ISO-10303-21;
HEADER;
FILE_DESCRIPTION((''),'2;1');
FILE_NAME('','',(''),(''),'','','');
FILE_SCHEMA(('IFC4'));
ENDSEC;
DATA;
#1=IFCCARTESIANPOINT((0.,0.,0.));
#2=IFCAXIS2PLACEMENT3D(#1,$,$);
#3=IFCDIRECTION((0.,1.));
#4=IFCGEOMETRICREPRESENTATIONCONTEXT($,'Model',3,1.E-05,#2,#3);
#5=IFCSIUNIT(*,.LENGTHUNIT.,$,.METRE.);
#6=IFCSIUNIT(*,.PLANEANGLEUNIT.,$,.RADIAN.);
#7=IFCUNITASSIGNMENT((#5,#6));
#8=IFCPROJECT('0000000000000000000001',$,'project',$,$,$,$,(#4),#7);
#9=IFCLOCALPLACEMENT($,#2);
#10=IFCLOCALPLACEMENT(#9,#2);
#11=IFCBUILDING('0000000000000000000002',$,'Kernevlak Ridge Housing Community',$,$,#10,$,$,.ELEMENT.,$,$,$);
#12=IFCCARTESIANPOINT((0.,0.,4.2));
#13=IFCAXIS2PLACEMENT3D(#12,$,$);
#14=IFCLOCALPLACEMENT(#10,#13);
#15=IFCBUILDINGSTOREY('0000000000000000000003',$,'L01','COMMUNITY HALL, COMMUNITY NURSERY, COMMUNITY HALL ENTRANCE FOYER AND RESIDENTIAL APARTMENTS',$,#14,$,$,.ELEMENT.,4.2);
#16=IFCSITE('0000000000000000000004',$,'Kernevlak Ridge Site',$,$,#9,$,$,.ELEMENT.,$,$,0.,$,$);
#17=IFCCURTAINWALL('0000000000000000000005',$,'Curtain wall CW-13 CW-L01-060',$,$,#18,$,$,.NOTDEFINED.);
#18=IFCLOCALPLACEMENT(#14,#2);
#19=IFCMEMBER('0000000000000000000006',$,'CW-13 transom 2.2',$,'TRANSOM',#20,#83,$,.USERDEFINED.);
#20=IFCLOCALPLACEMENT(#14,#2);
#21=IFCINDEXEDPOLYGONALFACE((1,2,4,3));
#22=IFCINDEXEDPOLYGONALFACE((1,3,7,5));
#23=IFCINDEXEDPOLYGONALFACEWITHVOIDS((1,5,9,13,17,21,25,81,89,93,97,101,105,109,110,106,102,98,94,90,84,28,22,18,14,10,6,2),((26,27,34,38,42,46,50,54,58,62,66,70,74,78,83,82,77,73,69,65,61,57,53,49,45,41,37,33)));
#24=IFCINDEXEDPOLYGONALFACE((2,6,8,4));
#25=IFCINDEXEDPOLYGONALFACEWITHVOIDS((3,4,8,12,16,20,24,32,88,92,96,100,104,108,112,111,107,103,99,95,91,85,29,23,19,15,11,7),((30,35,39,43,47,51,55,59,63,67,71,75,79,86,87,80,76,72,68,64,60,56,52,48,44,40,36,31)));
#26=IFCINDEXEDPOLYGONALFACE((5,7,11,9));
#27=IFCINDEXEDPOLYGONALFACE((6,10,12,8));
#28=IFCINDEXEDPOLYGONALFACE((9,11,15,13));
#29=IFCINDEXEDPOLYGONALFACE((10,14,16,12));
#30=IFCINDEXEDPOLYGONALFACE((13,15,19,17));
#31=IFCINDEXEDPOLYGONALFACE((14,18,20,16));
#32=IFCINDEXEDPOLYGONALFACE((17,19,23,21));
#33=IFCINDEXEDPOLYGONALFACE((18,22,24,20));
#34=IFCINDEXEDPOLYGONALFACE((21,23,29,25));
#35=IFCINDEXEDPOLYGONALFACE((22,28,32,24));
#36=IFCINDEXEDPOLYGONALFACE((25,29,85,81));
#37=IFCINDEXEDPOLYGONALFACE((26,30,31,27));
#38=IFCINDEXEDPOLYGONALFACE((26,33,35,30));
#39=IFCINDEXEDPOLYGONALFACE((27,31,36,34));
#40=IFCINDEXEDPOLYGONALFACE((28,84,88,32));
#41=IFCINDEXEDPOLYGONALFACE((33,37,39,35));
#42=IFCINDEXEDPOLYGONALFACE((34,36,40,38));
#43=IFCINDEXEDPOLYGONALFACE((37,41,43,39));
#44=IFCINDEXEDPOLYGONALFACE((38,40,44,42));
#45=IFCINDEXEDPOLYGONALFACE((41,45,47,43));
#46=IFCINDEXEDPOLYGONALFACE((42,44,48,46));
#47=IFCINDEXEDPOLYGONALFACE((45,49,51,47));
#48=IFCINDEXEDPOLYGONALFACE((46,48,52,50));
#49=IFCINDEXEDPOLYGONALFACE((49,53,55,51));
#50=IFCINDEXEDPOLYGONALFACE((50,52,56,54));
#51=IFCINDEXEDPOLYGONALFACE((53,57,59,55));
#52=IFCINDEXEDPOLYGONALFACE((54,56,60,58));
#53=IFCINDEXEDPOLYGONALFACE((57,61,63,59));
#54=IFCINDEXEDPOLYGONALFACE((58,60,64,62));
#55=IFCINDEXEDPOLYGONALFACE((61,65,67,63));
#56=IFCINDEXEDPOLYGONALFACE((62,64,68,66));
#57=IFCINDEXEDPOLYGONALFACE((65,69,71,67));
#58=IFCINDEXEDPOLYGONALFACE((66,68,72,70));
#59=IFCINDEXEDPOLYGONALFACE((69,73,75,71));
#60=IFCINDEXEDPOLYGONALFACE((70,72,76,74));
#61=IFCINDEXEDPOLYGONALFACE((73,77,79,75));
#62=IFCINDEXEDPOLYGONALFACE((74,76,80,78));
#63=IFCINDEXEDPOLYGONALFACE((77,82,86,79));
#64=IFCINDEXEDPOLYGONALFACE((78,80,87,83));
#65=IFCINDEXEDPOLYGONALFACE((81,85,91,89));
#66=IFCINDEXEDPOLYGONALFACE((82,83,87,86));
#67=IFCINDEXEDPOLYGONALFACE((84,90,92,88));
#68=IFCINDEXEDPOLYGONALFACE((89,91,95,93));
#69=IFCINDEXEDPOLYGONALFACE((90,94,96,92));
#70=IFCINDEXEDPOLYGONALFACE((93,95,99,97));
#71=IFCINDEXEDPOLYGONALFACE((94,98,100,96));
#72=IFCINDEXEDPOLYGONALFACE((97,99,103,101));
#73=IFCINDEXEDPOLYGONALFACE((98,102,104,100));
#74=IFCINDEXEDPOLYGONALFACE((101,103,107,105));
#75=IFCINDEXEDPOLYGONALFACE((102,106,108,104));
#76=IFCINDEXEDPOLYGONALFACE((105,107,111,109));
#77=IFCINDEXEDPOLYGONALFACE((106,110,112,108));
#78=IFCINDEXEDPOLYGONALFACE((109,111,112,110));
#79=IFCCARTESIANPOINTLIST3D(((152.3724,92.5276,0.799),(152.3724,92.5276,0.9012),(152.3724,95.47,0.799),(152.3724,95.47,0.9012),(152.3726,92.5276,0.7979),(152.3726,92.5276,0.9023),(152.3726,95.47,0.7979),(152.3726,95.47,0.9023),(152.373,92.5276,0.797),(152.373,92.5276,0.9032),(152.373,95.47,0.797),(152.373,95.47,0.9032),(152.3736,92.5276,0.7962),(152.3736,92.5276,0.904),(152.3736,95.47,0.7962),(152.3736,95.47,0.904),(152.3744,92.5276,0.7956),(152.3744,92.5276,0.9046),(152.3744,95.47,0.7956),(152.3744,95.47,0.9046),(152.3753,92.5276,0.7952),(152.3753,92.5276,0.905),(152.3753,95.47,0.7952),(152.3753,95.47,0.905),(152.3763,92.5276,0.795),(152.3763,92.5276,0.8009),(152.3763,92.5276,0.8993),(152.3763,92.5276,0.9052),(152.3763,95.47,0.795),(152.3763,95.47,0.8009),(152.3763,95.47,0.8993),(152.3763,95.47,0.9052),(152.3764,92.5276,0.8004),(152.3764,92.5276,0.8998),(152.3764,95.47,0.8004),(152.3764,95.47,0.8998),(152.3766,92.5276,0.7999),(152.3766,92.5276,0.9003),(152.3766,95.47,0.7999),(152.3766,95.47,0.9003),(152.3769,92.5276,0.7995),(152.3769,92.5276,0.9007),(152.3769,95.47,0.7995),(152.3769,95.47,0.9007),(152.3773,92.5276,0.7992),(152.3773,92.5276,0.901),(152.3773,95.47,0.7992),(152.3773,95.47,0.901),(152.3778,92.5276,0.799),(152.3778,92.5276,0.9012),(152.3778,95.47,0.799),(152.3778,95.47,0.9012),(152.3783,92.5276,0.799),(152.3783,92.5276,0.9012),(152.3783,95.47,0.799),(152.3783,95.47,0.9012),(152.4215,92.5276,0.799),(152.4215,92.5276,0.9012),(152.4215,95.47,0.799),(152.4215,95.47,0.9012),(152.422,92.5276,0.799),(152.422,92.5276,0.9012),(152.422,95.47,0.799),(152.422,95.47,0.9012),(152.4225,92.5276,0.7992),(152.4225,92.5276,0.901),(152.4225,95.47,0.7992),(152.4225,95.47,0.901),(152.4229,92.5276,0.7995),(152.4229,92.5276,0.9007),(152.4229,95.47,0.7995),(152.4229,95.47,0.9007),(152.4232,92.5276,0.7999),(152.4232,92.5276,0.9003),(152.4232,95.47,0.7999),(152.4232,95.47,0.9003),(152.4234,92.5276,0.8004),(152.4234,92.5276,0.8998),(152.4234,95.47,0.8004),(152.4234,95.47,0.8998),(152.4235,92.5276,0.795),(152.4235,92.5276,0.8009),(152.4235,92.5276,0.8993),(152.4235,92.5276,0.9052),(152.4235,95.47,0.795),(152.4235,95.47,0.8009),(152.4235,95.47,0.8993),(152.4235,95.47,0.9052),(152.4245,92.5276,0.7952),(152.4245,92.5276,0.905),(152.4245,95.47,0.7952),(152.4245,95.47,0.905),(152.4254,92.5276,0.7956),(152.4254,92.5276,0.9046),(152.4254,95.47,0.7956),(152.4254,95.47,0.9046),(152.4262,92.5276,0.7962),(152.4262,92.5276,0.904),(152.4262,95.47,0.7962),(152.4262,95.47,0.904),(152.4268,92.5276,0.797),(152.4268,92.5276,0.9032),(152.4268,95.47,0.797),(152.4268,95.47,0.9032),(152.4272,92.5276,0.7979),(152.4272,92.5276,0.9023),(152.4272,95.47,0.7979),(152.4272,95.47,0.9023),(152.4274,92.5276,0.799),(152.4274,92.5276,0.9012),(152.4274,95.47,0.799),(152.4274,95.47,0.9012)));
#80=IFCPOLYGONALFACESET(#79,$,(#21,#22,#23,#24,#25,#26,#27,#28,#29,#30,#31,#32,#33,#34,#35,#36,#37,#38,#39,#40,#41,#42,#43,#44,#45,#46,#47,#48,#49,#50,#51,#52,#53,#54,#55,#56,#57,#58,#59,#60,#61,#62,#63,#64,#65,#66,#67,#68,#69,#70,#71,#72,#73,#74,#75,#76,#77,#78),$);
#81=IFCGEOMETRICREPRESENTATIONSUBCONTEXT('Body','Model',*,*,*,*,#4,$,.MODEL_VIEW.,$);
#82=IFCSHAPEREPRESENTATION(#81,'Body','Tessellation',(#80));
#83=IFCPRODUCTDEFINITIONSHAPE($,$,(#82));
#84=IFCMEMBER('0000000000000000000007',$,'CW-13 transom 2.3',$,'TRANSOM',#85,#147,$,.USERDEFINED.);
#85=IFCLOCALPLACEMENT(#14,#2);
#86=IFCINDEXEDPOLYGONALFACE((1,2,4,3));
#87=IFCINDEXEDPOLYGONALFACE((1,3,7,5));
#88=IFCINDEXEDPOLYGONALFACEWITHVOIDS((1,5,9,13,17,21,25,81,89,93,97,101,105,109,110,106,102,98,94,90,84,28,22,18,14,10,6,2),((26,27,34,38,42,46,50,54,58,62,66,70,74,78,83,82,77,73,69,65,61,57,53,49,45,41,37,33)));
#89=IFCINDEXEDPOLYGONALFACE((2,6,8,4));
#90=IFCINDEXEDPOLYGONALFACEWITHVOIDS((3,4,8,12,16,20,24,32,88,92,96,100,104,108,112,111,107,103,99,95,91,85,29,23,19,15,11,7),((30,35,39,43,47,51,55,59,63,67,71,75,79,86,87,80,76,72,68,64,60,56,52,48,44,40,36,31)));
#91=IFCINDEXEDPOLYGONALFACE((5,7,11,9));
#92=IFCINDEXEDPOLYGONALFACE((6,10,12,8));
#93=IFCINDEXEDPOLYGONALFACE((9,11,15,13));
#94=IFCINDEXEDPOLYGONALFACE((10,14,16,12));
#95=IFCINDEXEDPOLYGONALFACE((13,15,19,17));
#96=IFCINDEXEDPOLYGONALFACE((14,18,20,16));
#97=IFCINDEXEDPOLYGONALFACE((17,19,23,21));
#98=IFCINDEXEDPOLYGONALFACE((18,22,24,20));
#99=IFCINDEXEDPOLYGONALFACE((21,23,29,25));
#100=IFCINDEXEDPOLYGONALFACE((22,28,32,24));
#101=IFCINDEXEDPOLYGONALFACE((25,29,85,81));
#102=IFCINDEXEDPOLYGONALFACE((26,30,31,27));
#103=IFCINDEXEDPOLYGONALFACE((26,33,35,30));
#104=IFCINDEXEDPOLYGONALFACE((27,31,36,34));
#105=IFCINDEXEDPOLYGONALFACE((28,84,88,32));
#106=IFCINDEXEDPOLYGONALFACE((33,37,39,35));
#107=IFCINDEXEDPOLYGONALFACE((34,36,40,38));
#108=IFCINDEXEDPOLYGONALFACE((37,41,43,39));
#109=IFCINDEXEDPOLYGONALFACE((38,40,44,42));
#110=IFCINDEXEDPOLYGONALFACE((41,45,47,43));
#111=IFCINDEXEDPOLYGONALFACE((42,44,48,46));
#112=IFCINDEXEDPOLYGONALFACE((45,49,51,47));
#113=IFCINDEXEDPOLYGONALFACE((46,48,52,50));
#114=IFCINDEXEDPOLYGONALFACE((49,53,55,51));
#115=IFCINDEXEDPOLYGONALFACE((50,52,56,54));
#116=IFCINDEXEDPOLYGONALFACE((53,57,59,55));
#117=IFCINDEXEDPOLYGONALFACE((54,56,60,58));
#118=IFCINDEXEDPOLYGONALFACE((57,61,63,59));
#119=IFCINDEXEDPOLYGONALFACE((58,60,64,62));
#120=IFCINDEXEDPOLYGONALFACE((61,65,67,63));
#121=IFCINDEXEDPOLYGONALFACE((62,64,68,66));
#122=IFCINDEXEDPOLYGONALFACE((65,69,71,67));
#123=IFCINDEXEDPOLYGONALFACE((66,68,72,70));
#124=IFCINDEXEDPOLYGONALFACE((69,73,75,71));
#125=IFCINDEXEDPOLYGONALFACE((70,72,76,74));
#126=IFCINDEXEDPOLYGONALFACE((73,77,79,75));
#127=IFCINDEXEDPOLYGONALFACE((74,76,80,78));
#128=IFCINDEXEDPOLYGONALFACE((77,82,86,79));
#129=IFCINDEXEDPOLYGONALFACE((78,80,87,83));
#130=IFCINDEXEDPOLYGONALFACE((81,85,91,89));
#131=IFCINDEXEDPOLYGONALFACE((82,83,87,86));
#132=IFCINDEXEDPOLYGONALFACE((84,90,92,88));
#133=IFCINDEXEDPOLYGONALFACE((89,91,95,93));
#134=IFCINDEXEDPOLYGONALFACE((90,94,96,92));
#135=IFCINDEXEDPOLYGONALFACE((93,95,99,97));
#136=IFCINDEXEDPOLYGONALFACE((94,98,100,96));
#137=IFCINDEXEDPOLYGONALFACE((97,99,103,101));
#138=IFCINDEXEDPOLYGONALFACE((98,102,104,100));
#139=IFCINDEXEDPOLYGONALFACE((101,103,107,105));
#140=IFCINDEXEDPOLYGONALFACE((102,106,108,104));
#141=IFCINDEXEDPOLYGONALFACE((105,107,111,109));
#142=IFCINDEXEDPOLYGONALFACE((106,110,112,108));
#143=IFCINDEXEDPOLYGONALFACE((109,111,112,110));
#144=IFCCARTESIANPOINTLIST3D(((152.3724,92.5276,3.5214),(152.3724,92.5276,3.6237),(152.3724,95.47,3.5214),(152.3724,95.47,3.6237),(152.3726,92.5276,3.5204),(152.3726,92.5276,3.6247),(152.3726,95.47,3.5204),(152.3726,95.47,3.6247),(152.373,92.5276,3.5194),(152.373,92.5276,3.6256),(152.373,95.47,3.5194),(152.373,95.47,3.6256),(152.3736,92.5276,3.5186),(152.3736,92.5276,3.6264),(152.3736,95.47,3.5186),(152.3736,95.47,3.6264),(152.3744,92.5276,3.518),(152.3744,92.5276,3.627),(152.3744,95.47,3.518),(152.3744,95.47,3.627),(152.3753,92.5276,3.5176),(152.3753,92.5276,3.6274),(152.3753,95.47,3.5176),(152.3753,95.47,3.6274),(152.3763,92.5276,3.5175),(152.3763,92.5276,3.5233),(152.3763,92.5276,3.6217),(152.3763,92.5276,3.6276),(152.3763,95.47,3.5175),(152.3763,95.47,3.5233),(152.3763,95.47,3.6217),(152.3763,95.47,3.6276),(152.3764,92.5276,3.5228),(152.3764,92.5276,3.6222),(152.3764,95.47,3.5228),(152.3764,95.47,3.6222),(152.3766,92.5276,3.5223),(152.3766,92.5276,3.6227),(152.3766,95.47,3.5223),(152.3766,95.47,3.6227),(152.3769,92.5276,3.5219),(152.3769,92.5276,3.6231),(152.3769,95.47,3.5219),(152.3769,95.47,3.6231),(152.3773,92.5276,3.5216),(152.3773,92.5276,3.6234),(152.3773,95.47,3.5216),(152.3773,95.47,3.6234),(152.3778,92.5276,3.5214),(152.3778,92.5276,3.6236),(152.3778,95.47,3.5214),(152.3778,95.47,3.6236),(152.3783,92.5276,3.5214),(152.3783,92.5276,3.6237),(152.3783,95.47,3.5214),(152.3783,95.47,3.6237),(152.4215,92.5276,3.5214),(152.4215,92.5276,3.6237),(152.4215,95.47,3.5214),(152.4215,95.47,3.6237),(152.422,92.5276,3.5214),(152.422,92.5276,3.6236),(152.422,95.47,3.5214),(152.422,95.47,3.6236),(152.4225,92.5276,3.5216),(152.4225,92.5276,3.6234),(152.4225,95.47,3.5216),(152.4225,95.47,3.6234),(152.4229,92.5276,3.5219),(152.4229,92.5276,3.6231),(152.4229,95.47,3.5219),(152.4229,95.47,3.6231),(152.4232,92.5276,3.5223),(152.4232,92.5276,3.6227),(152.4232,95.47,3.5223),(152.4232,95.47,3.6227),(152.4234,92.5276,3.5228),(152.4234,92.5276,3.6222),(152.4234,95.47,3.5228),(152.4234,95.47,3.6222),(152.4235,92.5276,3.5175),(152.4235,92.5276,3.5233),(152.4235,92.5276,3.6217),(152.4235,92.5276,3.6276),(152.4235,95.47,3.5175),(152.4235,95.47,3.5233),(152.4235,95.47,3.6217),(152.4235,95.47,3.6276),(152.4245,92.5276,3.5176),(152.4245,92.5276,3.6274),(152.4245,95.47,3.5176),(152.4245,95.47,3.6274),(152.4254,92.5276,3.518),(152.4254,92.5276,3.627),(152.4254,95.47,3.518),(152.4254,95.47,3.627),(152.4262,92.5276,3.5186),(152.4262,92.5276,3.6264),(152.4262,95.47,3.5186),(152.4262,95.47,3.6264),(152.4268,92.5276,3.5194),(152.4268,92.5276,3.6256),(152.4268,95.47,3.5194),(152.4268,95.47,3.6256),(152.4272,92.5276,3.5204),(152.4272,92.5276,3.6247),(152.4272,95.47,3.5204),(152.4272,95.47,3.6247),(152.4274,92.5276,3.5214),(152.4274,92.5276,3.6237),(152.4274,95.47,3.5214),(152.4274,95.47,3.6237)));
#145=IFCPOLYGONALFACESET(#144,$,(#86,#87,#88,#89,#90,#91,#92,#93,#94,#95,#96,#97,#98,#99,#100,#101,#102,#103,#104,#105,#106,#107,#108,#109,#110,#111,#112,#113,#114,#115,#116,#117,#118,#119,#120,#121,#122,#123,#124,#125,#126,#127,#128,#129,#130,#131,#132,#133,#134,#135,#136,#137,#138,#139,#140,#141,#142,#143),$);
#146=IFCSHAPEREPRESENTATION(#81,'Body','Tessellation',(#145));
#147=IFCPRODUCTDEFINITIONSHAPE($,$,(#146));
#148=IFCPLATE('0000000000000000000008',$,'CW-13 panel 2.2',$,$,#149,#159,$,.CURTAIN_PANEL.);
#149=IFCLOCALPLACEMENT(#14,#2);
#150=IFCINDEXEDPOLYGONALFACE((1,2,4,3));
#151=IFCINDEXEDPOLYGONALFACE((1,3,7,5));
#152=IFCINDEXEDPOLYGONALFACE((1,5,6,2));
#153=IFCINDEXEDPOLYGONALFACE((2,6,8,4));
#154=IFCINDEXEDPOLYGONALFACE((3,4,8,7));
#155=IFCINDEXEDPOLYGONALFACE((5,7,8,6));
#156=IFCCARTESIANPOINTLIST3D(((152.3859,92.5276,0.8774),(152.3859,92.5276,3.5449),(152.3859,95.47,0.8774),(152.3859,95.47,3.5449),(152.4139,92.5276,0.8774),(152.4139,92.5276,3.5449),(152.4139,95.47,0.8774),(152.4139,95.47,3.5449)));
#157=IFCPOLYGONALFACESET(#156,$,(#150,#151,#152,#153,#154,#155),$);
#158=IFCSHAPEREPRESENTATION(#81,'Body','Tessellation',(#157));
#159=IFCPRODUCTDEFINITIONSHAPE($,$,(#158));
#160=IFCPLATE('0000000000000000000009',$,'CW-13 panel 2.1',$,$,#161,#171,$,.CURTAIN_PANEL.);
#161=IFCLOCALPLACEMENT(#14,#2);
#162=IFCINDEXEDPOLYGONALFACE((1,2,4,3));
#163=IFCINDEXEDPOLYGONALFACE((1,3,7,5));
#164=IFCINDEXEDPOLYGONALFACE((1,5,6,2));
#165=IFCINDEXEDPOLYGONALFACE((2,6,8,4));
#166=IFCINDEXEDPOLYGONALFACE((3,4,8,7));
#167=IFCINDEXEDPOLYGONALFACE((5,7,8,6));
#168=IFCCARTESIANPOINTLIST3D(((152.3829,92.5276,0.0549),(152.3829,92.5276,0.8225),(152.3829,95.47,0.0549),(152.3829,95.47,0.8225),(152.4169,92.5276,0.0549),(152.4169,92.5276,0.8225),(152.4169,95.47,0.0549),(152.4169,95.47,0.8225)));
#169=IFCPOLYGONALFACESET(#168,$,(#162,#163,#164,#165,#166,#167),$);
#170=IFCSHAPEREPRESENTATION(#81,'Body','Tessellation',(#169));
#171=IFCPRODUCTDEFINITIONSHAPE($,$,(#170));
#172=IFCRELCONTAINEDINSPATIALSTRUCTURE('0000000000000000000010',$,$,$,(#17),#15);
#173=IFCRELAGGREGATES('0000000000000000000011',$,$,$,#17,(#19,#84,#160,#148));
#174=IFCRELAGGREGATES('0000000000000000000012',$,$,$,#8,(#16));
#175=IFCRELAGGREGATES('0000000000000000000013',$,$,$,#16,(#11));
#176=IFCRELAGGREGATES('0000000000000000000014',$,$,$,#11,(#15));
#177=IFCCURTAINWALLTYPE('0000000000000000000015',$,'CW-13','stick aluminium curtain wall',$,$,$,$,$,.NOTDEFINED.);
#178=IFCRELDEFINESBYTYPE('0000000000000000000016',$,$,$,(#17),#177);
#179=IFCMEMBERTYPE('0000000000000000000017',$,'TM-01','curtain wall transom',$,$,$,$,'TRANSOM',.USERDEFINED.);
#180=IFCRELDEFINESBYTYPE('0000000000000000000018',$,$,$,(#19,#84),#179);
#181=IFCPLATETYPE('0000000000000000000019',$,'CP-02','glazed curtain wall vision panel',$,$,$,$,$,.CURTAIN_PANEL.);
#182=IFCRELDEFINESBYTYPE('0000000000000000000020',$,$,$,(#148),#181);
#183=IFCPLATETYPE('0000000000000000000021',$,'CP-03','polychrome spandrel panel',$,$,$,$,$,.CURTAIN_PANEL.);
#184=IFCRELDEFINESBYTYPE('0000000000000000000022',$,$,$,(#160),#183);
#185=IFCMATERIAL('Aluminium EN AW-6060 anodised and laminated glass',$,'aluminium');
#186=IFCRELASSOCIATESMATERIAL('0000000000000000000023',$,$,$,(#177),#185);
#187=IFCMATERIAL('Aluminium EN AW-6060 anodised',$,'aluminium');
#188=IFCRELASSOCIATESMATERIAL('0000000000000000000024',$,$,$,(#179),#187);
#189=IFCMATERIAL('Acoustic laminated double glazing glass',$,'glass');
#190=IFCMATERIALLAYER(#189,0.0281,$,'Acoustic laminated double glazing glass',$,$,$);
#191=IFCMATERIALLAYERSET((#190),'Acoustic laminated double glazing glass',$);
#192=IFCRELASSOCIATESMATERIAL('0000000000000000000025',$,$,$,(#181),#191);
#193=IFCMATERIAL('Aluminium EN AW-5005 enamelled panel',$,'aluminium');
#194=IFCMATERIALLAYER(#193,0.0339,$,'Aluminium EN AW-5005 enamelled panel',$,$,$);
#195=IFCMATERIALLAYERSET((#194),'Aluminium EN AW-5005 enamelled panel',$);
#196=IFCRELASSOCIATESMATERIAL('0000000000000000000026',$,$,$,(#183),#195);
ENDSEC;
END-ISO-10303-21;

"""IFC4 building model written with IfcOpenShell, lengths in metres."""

from ifc_helpers import new_model, si_unit, direction, frame, origin, origin_2d, place, context, subcontext, project, spatial, rectangle, hollow_rectangle, extrude, material, layer, layer_set, material_profile, profile_set, type_object, element, aggregate, save


model = new_model("IFC4")

# Units and contexts
model_context = context("Model", 3, precision=1e-05, world=origin(), true_north=direction((0.0, 1.0)))
body_context = subcontext(model_context, "Body", "Model", "MODEL_VIEW")
ifc_project = project(units=[si_unit("LENGTHUNIT", "METRE"), si_unit("PLANEANGLEUNIT", "RADIAN")], contexts=[model_context])

# Site, building, storey
site_placement = place(None, origin())
site = spatial("IfcSite", under=ifc_project, at=site_placement, Name="Kernevlak Ridge Site", CompositionType="ELEMENT", RefElevation=0.0)
building_placement = place(site_placement, origin())
building = spatial("IfcBuilding", under=site, at=building_placement, Name="Kernevlak Ridge Housing Community", CompositionType="ELEMENT")
storey_placement = place(building_placement, frame((0.0, 0.0, 4.2)))
storey = spatial("IfcBuildingStorey", under=building, at=storey_placement, Name="L01", Description="COMMUNITY HALL, COMMUNITY NURSERY, COMMUNITY HALL ENTRANCE FOYER AND RESIDENTIAL APARTMENTS", CompositionType="ELEMENT", Elevation=4.2)

# Curtain wall, members, plates
ifc_material_1 = material(Name="Aluminium EN AW-6060 anodised and laminated glass", Category="aluminium")
curtain_wall_type = type_object("IfcCurtainWallType", Name="CW-13", Description="stick aluminium curtain wall", PredefinedType="NOTDEFINED", material=ifc_material_1)
curtain_wall_placement = place(storey_placement, origin())
curtain_wall = element("IfcCurtainWall", 1, at=curtain_wall_placement, inside=storey, type_object=curtain_wall_type, Name="Curtain wall CW-13 CW-L01-060", PredefinedType="NOTDEFINED")
ifc_material_2 = material(Name="Aluminium EN AW-6060 anodised", Category="aluminium")
ifc_material_profile_1 = material_profile(ifc_material_2, hollow_rectangle(XDim=0.0549, YDim=0.1101, WallThickness=0.0039, InnerFilletRadius=0.002, OuterFilletRadius=0.0039, at=origin_2d()), Name="ALU 55x110x4")
ifc_profile_set_1 = profile_set([ifc_material_profile_1], Name="Aluminium EN AW-6060 anodised")
member_type_1 = type_object("IfcMemberType", Name="TM-01", Description="curtain wall transom", ElementType="TRANSOM", PredefinedType="USERDEFINED", material=ifc_profile_set_1)
member_1_placement = place(storey_placement, frame((152.3999, 92.5276, 0.8501), z_axis=(0.0, 1.0, 0.0), x_axis=(-1.0, 0.0, 0.0)))
member_1 = element("IfcMember", 2, at=member_1_placement, type_object=member_type_1, Name="CW-13 transom 2.2", ObjectType="TRANSOM", PredefinedType="USERDEFINED", context=body_context, shape_type="SweptSolid", body=[
    extrude(hollow_rectangle(XDim=0.0549, YDim=0.1101, WallThickness=0.0039, InnerFilletRadius=0.002, OuterFilletRadius=0.0039, at=origin_2d()), origin(), (0.0, 0.0, 1.0), 2.9424),
])
member_2_placement = place(storey_placement, frame((152.3999, 92.5276, 3.5725), z_axis=(0.0, 1.0, 0.0), x_axis=(-1.0, 0.0, 0.0)))
member_2 = element("IfcMember", 3, at=member_2_placement, type_object=member_type_1, Name="CW-13 transom 2.3", ObjectType="TRANSOM", PredefinedType="USERDEFINED", context=body_context, shape_type="SweptSolid", body=[
    extrude(hollow_rectangle(XDim=0.0549, YDim=0.1101, WallThickness=0.0039, InnerFilletRadius=0.002, OuterFilletRadius=0.0039, at=origin_2d()), origin(), (0.0, 0.0, 1.0), 2.9424),
])
ifc_material_3 = material(Name="Acoustic laminated double glazing glass", Category="glass")
ifc_layer_1 = layer(ifc_material_3, 0.0281, Name="Acoustic laminated double glazing glass")
ifc_layer_set_1 = layer_set([ifc_layer_1], Name="Acoustic laminated double glazing glass")
plate_type_1 = type_object("IfcPlateType", Name="CP-02", Description="glazed curtain wall vision panel", PredefinedType="CURTAIN_PANEL", material=ifc_layer_set_1)
plate_1_placement = place(storey_placement, frame((152.3999, 93.9988, 0.8774), z_axis=(0.0, 0.0, 1.0), x_axis=(0.0, 1.0, 0.0)))
plate_1 = element("IfcPlate", 4, at=plate_1_placement, type_object=plate_type_1, Name="CW-13 panel 2.2", PredefinedType="CURTAIN_PANEL", context=body_context, shape_type="SweptSolid", body=[
    extrude(rectangle(XDim=2.9424, YDim=0.0281, at=origin_2d()), origin(), (0.0, 0.0, 1.0), 2.6675),
])
ifc_material_4 = material(Name="Aluminium EN AW-5005 enamelled panel", Category="aluminium")
ifc_layer_2 = layer(ifc_material_4, 0.0339, Name="Aluminium EN AW-5005 enamelled panel")
ifc_layer_set_2 = layer_set([ifc_layer_2], Name="Aluminium EN AW-5005 enamelled panel")
plate_type_2 = type_object("IfcPlateType", Name="CP-03", Description="polychrome spandrel panel", PredefinedType="CURTAIN_PANEL", material=ifc_layer_set_2)
plate_2_placement = place(storey_placement, frame((152.3999, 93.9988, 0.0549), z_axis=(0.0, 0.0, 1.0), x_axis=(0.0, 1.0, 0.0)))
plate_2 = element("IfcPlate", 5, at=plate_2_placement, type_object=plate_type_2, Name="CW-13 panel 2.1", PredefinedType="CURTAIN_PANEL", context=body_context, shape_type="SweptSolid", body=[
    extrude(rectangle(XDim=2.9424, YDim=0.0339, at=origin_2d()), origin(), (0.0, 0.0, 1.0), 0.7676),
])
aggregate(curtain_wall, [member_1, member_2, plate_2, plate_1])

save(model, "model.ifc")
